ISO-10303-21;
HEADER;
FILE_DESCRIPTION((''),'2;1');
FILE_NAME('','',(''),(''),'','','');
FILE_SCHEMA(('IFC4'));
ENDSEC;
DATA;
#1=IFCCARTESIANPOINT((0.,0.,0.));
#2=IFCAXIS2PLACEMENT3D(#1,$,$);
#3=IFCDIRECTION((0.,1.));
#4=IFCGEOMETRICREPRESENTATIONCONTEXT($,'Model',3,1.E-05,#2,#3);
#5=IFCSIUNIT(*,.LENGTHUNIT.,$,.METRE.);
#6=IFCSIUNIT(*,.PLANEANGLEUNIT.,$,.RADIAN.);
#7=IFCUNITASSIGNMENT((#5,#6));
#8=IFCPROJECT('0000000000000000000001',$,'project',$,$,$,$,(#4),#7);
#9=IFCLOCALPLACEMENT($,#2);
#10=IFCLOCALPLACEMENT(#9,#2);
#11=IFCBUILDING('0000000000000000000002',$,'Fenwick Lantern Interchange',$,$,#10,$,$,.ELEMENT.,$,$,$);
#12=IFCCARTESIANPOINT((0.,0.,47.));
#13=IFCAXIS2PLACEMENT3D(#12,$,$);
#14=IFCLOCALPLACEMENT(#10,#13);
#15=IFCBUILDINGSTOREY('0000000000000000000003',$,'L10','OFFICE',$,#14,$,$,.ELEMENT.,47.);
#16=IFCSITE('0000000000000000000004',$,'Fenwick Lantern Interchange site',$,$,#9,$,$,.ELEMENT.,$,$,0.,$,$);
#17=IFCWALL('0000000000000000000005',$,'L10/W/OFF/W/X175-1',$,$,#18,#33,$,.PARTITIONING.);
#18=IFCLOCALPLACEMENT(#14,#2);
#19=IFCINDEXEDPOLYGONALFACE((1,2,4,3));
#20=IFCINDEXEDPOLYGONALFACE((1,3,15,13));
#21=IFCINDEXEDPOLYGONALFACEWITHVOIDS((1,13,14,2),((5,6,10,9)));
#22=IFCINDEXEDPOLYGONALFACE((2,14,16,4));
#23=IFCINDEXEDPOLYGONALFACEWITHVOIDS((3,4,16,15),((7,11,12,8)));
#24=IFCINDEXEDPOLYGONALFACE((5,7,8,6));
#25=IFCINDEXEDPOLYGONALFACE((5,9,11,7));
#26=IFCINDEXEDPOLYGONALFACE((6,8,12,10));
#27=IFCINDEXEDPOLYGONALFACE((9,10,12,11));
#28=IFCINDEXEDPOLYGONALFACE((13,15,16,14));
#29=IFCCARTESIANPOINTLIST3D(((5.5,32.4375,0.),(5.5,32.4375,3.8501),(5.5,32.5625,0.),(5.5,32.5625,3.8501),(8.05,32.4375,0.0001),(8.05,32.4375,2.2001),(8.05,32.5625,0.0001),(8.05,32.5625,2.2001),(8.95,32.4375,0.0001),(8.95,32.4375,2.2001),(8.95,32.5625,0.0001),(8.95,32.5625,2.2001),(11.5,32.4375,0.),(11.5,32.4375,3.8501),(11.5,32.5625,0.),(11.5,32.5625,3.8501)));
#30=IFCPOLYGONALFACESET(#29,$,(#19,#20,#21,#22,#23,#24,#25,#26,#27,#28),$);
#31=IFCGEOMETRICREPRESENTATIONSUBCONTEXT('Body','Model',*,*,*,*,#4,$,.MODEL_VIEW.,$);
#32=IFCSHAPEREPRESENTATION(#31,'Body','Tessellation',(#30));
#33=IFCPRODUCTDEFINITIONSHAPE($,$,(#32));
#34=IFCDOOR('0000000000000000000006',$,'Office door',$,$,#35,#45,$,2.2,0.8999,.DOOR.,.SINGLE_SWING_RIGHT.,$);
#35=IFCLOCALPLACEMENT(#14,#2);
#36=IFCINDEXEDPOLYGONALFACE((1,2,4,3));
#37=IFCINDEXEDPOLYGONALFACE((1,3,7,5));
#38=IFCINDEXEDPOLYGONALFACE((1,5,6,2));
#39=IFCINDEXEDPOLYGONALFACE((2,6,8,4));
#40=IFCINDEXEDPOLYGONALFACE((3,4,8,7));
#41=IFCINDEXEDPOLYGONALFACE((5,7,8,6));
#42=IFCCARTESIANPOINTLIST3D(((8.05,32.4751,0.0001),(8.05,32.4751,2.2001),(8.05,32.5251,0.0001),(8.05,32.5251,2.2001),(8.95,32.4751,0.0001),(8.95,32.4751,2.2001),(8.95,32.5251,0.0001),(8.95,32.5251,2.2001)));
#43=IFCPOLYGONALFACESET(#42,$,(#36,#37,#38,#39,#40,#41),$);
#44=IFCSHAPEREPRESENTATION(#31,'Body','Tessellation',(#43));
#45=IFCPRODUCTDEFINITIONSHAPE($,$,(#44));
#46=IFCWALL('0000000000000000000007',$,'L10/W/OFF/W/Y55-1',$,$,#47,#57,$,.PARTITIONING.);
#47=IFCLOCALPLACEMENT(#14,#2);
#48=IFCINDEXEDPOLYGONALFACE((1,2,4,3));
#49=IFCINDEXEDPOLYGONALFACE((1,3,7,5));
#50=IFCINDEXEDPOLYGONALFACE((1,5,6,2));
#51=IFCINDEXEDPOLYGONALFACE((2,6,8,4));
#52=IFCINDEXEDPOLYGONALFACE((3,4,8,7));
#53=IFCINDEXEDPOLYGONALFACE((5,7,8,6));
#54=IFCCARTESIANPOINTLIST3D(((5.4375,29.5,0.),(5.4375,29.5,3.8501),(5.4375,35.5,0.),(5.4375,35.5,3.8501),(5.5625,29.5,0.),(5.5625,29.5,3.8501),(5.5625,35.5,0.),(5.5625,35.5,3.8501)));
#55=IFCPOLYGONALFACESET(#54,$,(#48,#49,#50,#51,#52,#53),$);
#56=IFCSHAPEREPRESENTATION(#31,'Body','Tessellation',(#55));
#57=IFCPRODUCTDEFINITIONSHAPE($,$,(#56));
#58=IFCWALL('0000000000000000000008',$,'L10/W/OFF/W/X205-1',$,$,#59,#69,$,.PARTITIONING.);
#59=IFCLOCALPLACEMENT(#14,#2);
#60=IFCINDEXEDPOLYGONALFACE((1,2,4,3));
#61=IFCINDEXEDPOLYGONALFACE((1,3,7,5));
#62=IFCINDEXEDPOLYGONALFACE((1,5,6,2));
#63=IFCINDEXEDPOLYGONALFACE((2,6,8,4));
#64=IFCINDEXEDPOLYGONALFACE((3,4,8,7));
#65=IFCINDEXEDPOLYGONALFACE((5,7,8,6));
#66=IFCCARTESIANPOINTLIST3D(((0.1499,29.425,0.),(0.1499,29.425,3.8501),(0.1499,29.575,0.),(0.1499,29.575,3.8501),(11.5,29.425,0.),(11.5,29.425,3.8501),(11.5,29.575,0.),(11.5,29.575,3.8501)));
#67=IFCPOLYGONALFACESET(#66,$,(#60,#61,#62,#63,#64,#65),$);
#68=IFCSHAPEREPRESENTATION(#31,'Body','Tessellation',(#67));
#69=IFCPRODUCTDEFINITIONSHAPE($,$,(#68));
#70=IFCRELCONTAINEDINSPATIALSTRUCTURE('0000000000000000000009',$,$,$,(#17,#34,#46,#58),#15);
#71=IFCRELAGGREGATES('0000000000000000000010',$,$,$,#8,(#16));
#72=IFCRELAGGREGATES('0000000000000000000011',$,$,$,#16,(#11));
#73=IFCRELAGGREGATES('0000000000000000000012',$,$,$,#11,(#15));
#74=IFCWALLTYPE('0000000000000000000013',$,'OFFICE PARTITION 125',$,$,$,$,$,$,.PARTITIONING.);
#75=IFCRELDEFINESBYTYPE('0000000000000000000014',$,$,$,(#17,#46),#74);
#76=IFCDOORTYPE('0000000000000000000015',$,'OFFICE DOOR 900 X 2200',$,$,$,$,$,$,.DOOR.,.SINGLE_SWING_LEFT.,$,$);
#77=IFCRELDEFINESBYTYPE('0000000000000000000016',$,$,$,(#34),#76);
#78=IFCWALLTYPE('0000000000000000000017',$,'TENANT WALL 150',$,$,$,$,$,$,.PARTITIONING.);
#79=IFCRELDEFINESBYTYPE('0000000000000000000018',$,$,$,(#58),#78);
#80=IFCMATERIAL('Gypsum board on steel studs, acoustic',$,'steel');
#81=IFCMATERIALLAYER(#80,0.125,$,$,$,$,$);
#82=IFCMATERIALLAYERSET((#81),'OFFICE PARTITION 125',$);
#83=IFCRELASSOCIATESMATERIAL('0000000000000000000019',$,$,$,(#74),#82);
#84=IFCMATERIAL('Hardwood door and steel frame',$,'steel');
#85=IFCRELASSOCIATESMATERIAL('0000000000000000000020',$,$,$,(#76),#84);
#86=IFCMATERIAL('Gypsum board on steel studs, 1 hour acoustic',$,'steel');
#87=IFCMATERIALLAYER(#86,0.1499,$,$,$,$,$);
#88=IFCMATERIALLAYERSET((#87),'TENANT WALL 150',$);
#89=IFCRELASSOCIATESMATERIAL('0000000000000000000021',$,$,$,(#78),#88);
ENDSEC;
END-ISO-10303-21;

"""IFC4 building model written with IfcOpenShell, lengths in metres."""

from ifc_helpers import new_model, si_unit, direction, frame, frame_2d, origin, place, context, subcontext, project, spatial, rectangle, extrude, material, layer, layer_set, type_object, element, fill, save


model = new_model("IFC4")

# Units and contexts
model_context = context("Model", 3, precision=1e-05, world=origin(), true_north=direction((0.0, 1.0)))
body_context = subcontext(model_context, "Body", "Model", "MODEL_VIEW")
ifc_project = project(units=[si_unit("LENGTHUNIT", "METRE"), si_unit("PLANEANGLEUNIT", "RADIAN")], contexts=[model_context])

# Site, building, storey
site_placement = place(None, origin())
site = spatial("IfcSite", under=ifc_project, at=site_placement, Name="Fenwick Lantern Interchange site", CompositionType="ELEMENT", RefElevation=0.0)
building_placement = place(site_placement, origin())
building = spatial("IfcBuilding", under=site, at=building_placement, Name="Fenwick Lantern Interchange", CompositionType="ELEMENT")
storey_placement = place(building_placement, frame((0.0, 0.0, 47.0)))
storey = spatial("IfcBuildingStorey", under=building, at=storey_placement, Name="L10", Description="OFFICE", CompositionType="ELEMENT", Elevation=47.0)

# Shared definitions
ifc_material_1 = material(Name="Hardwood door and steel frame", Category="steel")

# Wall, opening, door
ifc_material_2 = material(Name="Gypsum board on steel studs, acoustic", Category="steel")
ifc_layer_1 = layer(ifc_material_2, 0.125)
ifc_layer_set_1 = layer_set([ifc_layer_1], Name="OFFICE PARTITION 125")
wall_type_1 = type_object("IfcWallType", Name="OFFICE PARTITION 125", PredefinedType="PARTITIONING", material=ifc_layer_set_1)
wall_1_placement = place(storey_placement, frame((5.5, 32.5, 0.0), z_axis=(0.0, 0.0, 1.0), x_axis=(1.0, 0.0, 0.0)))
wall_1 = element("IfcWall", 1, at=wall_1_placement, inside=storey, type_object=wall_type_1, Name="L10/W/OFF/W/X175-1", PredefinedType="PARTITIONING", context=body_context, shape_type="SweptSolid", body=[
    extrude(rectangle(XDim=6.0, YDim=0.125, at=frame_2d((3.0, 0.0))), origin(), (0.0, 0.0, 1.0), 3.8501),
])
opening_1_placement = place(wall_1_placement, frame((2.55, 0.0, 0.0)))
opening_1 = element("IfcOpeningElement", 2, at=opening_1_placement, cuts=wall_1, PredefinedType="OPENING", context=body_context, shape_type="SweptSolid", body=[
    extrude(rectangle(XDim=0.8999, YDim=2.2, at=frame_2d((0.45, 1.1001))), frame((0.0, 0.0725, 0.0), z_axis=(0.0, -1.0, 0.0), x_axis=(1.0, 0.0, 0.0)), (0.0, 0.0, 1.0), 0.145),
])
door_type_1 = type_object("IfcDoorType", Name="OFFICE DOOR 900 X 2200", OperationType="SINGLE_SWING_LEFT", PredefinedType="DOOR", material=ifc_material_1)
door_1_placement = place(opening_1_placement, frame((0.8999, 0.0, 0.0), z_axis=(0.0, 0.0, 1.0), x_axis=(-1.0, 0.0, 0.0)))
door_1 = element("IfcDoor", 3, at=door_1_placement, inside=storey, type_object=door_type_1, Name="Office door", OperationType="SINGLE_SWING_RIGHT", OverallHeight=2.2, OverallWidth=0.8999, PredefinedType="DOOR", context=body_context, shape_type="SweptSolid", body=[
    extrude(rectangle(XDim=0.8999, YDim=2.2, at=frame_2d((0.45, 1.1001))), frame((0.0, 0.0249, 0.0), z_axis=(0.0, -1.0, 0.0), x_axis=(1.0, 0.0, 0.0)), (0.0, 0.0, 1.0), 0.05),
])
fill(opening_1, door_1)

# Walls
wall_2_placement = place(storey_placement, frame((5.5, 35.5, 0.0), z_axis=(0.0, 0.0, 1.0), x_axis=(0.0, -1.0, 0.0)))
element("IfcWall", 4, at=wall_2_placement, inside=storey, type_object=wall_type_1, Name="L10/W/OFF/W/Y55-1", PredefinedType="PARTITIONING", context=body_context, shape_type="SweptSolid", body=[
    extrude(rectangle(XDim=6.0, YDim=0.125, at=frame_2d((3.0, 0.0))), origin(), (0.0, 0.0, 1.0), 3.8501),
])
ifc_material_3 = material(Name="Gypsum board on steel studs, 1 hour acoustic", Category="steel")
ifc_layer_2 = layer(ifc_material_3, 0.1499)
ifc_layer_set_2 = layer_set([ifc_layer_2], Name="TENANT WALL 150")
wall_type_2 = type_object("IfcWallType", Name="TENANT WALL 150", PredefinedType="PARTITIONING", material=ifc_layer_set_2)
wall_3_placement = place(storey_placement, frame((0.1499, 29.5, 0.0), z_axis=(0.0, 0.0, 1.0), x_axis=(1.0, 0.0, 0.0)))
element("IfcWall", 5, at=wall_3_placement, inside=storey, type_object=wall_type_2, Name="L10/W/OFF/W/X205-1", PredefinedType="PARTITIONING", context=body_context, shape_type="SweptSolid", body=[
    extrude(rectangle(XDim=11.3501, YDim=0.1499, at=frame_2d((5.675, 0.0))), origin(), (0.0, 0.0, 1.0), 3.8501),
])

save(model, "model.ifc")
